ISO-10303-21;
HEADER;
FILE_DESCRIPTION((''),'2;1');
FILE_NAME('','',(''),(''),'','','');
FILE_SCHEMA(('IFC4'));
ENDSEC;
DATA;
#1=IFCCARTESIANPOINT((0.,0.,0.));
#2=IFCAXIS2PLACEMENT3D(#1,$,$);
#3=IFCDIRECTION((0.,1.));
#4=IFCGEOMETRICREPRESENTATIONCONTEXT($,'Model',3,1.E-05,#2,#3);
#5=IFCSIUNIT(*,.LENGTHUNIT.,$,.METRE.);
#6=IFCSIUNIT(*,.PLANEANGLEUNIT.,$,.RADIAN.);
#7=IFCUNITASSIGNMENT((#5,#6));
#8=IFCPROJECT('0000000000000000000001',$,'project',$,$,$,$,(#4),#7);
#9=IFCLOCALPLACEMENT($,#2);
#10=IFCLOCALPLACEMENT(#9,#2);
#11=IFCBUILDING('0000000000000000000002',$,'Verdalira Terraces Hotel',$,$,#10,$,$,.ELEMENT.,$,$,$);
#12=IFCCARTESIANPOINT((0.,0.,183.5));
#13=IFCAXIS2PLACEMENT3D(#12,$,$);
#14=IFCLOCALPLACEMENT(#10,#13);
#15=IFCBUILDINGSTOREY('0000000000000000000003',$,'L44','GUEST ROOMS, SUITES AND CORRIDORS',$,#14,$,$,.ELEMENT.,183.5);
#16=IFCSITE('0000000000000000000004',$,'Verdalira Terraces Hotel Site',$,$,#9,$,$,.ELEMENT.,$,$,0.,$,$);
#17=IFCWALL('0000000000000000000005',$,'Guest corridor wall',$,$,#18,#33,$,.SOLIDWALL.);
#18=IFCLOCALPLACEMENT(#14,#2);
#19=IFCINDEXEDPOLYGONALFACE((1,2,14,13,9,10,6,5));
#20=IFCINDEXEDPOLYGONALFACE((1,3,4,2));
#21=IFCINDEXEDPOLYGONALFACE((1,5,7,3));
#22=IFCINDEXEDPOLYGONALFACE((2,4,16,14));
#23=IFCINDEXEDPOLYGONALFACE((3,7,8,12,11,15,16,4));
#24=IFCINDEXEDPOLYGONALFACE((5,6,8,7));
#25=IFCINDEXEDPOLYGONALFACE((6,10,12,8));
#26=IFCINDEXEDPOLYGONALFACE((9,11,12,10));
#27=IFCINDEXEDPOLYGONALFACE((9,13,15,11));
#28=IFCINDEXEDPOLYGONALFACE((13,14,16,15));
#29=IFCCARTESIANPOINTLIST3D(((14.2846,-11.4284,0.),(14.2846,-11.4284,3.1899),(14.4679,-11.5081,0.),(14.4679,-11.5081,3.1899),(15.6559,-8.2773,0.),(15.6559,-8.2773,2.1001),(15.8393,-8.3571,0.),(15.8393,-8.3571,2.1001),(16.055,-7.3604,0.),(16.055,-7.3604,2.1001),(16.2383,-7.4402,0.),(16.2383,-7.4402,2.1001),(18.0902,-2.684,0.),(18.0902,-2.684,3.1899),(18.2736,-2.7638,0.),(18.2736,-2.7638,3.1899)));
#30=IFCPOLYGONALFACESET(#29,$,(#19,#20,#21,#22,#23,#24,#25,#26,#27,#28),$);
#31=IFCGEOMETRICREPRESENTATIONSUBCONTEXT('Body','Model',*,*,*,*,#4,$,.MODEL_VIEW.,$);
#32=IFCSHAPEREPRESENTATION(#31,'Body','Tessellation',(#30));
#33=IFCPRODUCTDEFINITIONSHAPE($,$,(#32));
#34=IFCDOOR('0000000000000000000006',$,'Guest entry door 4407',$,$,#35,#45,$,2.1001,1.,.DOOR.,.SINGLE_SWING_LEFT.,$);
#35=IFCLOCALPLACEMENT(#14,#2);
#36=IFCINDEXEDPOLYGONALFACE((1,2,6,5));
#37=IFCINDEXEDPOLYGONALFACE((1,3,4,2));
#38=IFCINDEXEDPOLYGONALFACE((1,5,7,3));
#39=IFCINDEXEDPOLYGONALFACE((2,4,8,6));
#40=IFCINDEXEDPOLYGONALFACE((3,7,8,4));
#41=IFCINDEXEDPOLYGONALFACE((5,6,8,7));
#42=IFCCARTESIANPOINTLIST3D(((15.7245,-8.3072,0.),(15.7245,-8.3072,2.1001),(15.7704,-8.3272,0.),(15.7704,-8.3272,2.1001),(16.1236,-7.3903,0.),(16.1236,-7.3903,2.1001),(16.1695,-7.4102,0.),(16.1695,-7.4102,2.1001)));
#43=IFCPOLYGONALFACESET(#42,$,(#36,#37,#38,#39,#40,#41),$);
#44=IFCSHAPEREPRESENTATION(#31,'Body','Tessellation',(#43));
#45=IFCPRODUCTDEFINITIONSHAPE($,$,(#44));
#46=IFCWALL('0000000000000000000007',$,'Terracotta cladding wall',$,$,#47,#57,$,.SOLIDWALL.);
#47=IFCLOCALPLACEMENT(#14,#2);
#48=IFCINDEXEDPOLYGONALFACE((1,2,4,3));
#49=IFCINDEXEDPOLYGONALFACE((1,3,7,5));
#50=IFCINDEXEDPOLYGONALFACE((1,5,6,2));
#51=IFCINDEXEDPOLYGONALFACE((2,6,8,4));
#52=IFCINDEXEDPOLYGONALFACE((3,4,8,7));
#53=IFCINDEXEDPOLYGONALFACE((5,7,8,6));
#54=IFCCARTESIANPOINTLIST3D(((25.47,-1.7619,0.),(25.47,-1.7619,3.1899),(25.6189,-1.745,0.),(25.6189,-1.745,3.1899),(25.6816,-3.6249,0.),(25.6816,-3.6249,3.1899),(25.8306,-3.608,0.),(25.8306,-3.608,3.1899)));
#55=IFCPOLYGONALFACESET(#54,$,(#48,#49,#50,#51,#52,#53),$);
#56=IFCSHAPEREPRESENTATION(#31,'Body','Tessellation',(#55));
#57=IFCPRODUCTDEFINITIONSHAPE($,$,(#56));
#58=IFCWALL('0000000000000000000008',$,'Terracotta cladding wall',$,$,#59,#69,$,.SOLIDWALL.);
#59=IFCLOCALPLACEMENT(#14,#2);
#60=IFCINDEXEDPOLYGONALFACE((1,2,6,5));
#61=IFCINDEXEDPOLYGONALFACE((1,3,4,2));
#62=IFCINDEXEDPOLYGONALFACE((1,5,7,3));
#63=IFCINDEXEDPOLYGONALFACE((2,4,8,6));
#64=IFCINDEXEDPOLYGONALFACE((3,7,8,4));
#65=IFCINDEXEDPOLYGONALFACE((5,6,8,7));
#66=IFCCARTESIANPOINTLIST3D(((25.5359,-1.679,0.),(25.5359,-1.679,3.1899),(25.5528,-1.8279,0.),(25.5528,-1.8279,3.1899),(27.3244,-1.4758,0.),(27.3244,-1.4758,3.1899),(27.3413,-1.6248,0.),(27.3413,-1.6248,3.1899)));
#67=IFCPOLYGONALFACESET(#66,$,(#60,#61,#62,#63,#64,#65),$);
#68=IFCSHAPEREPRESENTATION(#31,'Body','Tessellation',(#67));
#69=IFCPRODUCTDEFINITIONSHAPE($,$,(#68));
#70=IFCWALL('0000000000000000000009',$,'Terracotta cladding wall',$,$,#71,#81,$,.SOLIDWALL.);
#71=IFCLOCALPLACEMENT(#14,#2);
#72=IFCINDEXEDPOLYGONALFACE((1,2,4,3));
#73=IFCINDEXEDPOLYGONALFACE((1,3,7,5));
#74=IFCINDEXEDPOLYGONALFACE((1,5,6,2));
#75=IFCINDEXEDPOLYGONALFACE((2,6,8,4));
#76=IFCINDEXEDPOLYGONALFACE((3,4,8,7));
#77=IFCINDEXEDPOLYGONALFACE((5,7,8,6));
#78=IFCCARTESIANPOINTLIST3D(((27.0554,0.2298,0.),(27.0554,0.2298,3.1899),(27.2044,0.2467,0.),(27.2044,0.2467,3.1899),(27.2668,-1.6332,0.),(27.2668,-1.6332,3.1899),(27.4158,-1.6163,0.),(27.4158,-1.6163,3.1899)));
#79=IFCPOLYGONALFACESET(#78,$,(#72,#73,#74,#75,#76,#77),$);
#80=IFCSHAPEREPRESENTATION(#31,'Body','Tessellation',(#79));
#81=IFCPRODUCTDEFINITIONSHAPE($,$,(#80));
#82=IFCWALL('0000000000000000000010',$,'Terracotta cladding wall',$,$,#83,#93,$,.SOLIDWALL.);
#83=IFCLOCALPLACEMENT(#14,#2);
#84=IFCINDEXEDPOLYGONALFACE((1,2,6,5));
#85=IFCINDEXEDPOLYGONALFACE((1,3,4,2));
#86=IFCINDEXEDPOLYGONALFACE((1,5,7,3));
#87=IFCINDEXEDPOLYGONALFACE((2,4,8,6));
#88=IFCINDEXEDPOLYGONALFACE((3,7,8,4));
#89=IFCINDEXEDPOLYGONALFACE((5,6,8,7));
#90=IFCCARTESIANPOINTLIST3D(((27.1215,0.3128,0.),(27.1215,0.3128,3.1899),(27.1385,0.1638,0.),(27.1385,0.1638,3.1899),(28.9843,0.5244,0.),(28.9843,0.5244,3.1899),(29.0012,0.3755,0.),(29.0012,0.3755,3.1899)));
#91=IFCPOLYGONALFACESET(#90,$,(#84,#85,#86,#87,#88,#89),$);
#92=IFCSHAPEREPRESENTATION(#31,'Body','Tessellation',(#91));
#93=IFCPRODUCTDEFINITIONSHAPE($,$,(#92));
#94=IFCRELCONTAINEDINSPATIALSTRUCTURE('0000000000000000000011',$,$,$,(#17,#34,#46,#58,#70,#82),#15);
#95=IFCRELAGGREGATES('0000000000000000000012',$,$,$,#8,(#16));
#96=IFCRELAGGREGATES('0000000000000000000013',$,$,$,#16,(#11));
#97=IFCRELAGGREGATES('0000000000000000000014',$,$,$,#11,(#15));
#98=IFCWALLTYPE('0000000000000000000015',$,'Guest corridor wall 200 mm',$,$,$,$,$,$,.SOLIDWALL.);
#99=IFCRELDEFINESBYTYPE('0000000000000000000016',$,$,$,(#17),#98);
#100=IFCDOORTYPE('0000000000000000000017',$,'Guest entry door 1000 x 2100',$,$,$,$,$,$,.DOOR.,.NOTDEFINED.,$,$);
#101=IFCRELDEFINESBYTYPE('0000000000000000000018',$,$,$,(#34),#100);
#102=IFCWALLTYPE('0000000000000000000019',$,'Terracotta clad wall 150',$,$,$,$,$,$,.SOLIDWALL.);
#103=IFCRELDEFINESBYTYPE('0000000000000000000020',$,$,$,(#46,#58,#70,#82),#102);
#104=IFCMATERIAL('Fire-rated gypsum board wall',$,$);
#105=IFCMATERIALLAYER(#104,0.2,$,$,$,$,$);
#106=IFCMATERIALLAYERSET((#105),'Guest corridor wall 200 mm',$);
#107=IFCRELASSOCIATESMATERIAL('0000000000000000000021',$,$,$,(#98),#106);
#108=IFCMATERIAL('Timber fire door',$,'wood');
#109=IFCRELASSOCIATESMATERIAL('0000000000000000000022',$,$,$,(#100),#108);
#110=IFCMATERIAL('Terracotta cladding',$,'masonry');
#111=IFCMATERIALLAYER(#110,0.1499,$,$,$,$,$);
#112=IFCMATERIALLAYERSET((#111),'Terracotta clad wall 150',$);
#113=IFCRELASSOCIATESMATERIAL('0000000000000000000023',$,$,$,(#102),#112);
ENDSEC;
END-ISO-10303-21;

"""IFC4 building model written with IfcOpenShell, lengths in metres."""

from ifc_helpers import new_model, si_unit, direction, frame, frame_2d, origin, place, context, subcontext, project, spatial, rectangle, extrude, material, layer, layer_set, type_object, element, fill, save


model = new_model("IFC4")

# Units and contexts
model_context = context("Model", 3, precision=1e-05, world=origin(), true_north=direction((0.0, 1.0)))
body_context = subcontext(model_context, "Body", "Model", "MODEL_VIEW")
ifc_project = project(units=[si_unit("LENGTHUNIT", "METRE"), si_unit("PLANEANGLEUNIT", "RADIAN")], contexts=[model_context])

# Site, building, storey
site_placement = place(None, origin())
site = spatial("IfcSite", under=ifc_project, at=site_placement, Name="Verdalira Terraces Hotel Site", CompositionType="ELEMENT", RefElevation=0.0)
building_placement = place(site_placement, origin())
building = spatial("IfcBuilding", under=site, at=building_placement, Name="Verdalira Terraces Hotel", CompositionType="ELEMENT")
storey_placement = place(building_placement, frame((0.0, 0.0, 183.5)))
storey = spatial("IfcBuildingStorey", under=building, at=storey_placement, Name="L44", Description="GUEST ROOMS, SUITES AND CORRIDORS", CompositionType="ELEMENT", Elevation=183.5)

# Wall, opening, door
ifc_material_1 = material(Name="Fire-rated gypsum board wall")
ifc_layer_1 = layer(ifc_material_1, 0.2)
ifc_layer_set_1 = layer_set([ifc_layer_1], Name="Guest corridor wall 200 mm")
wall_type_1 = type_object("IfcWallType", Name="Guest corridor wall 200 mm", PredefinedType="SOLIDWALL", material=ifc_layer_set_1)
wall_1_placement = place(storey_placement, frame((18.1819, -2.7239, 0.0), z_axis=(0.0, 0.0, 1.0), x_axis=(-0.399057, -0.916926, 0.0)))
wall_1 = element("IfcWall", 1, at=wall_1_placement, inside=storey, type_object=wall_type_1, Name="Guest corridor wall", PredefinedType="SOLIDWALL", context=body_context, shape_type="SweptSolid", body=[
    extrude(rectangle(XDim=9.5366, YDim=0.2, at=frame_2d((4.7683, 0.0))), origin(), (0.0, 0.0, 1.0), 3.1899),
])
opening_1_placement = place(wall_1_placement, frame((5.1001, 0.0, 0.0)))
opening_1 = element("IfcOpeningElement", 2, at=opening_1_placement, cuts=wall_1, PredefinedType="OPENING", context=body_context, shape_type="SweptSolid", body=[
    extrude(rectangle(XDim=1.0, YDim=2.1001, at=frame_2d((0.5, 1.05))), frame((0.0, 0.1099, 0.0), z_axis=(0.0, -1.0, 0.0), x_axis=(1.0, 0.0, 0.0)), (0.0, 0.0, 1.0), 0.22),
])
ifc_material_2 = material(Name="Timber fire door", Category="wood")
door_type_1 = type_object("IfcDoorType", Name="Guest entry door 1000 x 2100", OperationType="NOTDEFINED", PredefinedType="DOOR", material=ifc_material_2)
door_1_placement = place(opening_1_placement, origin())
door_1 = element("IfcDoor", 3, at=door_1_placement, inside=storey, type_object=door_type_1, Name="Guest entry door 4407", OperationType="SINGLE_SWING_LEFT", OverallHeight=2.1001, OverallWidth=1.0, PredefinedType="DOOR", context=body_context, shape_type="SweptSolid", body=[
    extrude(rectangle(XDim=1.0, YDim=2.1001, at=frame_2d((0.5, 1.05))), frame((0.0, 0.0249, 0.0), z_axis=(0.0, -1.0, 0.0), x_axis=(1.0, 0.0, 0.0)), (0.0, 0.0, 1.0), 0.05),
])
fill(opening_1, door_1)

# Walls
ifc_material_3 = material(Name="Terracotta cladding", Category="masonry")
ifc_layer_2 = layer(ifc_material_3, 0.1499)
ifc_layer_set_2 = layer_set([ifc_layer_2], Name="Terracotta clad wall 150")
wall_type_2 = type_object("IfcWallType", Name="Terracotta clad wall 150", PredefinedType="SOLIDWALL", material=ifc_layer_set_2)
wall_2_placement = place(storey_placement, frame((25.7561, -3.6165, 0.0), z_axis=(0.0, 0.0, 1.0), x_axis=(-0.112889, 0.993608, 0.0)))
element("IfcWall", 4, at=wall_2_placement, inside=storey, type_object=wall_type_2, Name="Terracotta cladding wall", PredefinedType="SOLIDWALL", context=body_context, shape_type="SweptSolid", body=[
    extrude(rectangle(XDim=1.875, YDim=0.1499, at=frame_2d((0.9375, 0.0))), origin(), (0.0, 0.0, 1.0), 3.1899),
])
wall_3_placement = place(storey_placement, frame((25.5444, -1.7534, 0.0), z_axis=(0.0, 0.0, 1.0), x_axis=(0.993613, 0.112843, 0.0)))
element("IfcWall", 5, at=wall_3_placement, inside=storey, type_object=wall_type_2, Name="Terracotta cladding wall", PredefinedType="SOLIDWALL", context=body_context, shape_type="SweptSolid", body=[
    extrude(rectangle(XDim=1.8, YDim=0.1499, at=frame_2d((0.8999, 0.0))), origin(), (0.0, 0.0, 1.0), 3.1899),
])
wall_4_placement = place(storey_placement, frame((27.3413, -1.6248, 0.0), z_axis=(0.0, 0.0, 1.0), x_axis=(-0.112761, 0.993622, 0.0)))
element("IfcWall", 6, at=wall_4_placement, inside=storey, type_object=wall_type_2, Name="Terracotta cladding wall", PredefinedType="SOLIDWALL", context=body_context, shape_type="SweptSolid", body=[
    extrude(rectangle(XDim=1.875, YDim=0.1499, at=frame_2d((0.9375, 0.0))), origin(), (0.0, 0.0, 1.0), 3.1899),
])
wall_5_placement = place(storey_placement, frame((27.1299, 0.2383, 0.0), z_axis=(0.0, 0.0, 1.0), x_axis=(0.993606, 0.112904, 0.0)))
element("IfcWall", 7, at=wall_5_placement, inside=storey, type_object=wall_type_2, Name="Terracotta cladding wall", PredefinedType="SOLIDWALL", context=body_context, shape_type="SweptSolid", body=[
    extrude(rectangle(XDim=1.8748, YDim=0.1499, at=frame_2d((0.9375, 0.0))), origin(), (0.0, 0.0, 1.0), 3.1899),
])

save(model, "model.ifc")
